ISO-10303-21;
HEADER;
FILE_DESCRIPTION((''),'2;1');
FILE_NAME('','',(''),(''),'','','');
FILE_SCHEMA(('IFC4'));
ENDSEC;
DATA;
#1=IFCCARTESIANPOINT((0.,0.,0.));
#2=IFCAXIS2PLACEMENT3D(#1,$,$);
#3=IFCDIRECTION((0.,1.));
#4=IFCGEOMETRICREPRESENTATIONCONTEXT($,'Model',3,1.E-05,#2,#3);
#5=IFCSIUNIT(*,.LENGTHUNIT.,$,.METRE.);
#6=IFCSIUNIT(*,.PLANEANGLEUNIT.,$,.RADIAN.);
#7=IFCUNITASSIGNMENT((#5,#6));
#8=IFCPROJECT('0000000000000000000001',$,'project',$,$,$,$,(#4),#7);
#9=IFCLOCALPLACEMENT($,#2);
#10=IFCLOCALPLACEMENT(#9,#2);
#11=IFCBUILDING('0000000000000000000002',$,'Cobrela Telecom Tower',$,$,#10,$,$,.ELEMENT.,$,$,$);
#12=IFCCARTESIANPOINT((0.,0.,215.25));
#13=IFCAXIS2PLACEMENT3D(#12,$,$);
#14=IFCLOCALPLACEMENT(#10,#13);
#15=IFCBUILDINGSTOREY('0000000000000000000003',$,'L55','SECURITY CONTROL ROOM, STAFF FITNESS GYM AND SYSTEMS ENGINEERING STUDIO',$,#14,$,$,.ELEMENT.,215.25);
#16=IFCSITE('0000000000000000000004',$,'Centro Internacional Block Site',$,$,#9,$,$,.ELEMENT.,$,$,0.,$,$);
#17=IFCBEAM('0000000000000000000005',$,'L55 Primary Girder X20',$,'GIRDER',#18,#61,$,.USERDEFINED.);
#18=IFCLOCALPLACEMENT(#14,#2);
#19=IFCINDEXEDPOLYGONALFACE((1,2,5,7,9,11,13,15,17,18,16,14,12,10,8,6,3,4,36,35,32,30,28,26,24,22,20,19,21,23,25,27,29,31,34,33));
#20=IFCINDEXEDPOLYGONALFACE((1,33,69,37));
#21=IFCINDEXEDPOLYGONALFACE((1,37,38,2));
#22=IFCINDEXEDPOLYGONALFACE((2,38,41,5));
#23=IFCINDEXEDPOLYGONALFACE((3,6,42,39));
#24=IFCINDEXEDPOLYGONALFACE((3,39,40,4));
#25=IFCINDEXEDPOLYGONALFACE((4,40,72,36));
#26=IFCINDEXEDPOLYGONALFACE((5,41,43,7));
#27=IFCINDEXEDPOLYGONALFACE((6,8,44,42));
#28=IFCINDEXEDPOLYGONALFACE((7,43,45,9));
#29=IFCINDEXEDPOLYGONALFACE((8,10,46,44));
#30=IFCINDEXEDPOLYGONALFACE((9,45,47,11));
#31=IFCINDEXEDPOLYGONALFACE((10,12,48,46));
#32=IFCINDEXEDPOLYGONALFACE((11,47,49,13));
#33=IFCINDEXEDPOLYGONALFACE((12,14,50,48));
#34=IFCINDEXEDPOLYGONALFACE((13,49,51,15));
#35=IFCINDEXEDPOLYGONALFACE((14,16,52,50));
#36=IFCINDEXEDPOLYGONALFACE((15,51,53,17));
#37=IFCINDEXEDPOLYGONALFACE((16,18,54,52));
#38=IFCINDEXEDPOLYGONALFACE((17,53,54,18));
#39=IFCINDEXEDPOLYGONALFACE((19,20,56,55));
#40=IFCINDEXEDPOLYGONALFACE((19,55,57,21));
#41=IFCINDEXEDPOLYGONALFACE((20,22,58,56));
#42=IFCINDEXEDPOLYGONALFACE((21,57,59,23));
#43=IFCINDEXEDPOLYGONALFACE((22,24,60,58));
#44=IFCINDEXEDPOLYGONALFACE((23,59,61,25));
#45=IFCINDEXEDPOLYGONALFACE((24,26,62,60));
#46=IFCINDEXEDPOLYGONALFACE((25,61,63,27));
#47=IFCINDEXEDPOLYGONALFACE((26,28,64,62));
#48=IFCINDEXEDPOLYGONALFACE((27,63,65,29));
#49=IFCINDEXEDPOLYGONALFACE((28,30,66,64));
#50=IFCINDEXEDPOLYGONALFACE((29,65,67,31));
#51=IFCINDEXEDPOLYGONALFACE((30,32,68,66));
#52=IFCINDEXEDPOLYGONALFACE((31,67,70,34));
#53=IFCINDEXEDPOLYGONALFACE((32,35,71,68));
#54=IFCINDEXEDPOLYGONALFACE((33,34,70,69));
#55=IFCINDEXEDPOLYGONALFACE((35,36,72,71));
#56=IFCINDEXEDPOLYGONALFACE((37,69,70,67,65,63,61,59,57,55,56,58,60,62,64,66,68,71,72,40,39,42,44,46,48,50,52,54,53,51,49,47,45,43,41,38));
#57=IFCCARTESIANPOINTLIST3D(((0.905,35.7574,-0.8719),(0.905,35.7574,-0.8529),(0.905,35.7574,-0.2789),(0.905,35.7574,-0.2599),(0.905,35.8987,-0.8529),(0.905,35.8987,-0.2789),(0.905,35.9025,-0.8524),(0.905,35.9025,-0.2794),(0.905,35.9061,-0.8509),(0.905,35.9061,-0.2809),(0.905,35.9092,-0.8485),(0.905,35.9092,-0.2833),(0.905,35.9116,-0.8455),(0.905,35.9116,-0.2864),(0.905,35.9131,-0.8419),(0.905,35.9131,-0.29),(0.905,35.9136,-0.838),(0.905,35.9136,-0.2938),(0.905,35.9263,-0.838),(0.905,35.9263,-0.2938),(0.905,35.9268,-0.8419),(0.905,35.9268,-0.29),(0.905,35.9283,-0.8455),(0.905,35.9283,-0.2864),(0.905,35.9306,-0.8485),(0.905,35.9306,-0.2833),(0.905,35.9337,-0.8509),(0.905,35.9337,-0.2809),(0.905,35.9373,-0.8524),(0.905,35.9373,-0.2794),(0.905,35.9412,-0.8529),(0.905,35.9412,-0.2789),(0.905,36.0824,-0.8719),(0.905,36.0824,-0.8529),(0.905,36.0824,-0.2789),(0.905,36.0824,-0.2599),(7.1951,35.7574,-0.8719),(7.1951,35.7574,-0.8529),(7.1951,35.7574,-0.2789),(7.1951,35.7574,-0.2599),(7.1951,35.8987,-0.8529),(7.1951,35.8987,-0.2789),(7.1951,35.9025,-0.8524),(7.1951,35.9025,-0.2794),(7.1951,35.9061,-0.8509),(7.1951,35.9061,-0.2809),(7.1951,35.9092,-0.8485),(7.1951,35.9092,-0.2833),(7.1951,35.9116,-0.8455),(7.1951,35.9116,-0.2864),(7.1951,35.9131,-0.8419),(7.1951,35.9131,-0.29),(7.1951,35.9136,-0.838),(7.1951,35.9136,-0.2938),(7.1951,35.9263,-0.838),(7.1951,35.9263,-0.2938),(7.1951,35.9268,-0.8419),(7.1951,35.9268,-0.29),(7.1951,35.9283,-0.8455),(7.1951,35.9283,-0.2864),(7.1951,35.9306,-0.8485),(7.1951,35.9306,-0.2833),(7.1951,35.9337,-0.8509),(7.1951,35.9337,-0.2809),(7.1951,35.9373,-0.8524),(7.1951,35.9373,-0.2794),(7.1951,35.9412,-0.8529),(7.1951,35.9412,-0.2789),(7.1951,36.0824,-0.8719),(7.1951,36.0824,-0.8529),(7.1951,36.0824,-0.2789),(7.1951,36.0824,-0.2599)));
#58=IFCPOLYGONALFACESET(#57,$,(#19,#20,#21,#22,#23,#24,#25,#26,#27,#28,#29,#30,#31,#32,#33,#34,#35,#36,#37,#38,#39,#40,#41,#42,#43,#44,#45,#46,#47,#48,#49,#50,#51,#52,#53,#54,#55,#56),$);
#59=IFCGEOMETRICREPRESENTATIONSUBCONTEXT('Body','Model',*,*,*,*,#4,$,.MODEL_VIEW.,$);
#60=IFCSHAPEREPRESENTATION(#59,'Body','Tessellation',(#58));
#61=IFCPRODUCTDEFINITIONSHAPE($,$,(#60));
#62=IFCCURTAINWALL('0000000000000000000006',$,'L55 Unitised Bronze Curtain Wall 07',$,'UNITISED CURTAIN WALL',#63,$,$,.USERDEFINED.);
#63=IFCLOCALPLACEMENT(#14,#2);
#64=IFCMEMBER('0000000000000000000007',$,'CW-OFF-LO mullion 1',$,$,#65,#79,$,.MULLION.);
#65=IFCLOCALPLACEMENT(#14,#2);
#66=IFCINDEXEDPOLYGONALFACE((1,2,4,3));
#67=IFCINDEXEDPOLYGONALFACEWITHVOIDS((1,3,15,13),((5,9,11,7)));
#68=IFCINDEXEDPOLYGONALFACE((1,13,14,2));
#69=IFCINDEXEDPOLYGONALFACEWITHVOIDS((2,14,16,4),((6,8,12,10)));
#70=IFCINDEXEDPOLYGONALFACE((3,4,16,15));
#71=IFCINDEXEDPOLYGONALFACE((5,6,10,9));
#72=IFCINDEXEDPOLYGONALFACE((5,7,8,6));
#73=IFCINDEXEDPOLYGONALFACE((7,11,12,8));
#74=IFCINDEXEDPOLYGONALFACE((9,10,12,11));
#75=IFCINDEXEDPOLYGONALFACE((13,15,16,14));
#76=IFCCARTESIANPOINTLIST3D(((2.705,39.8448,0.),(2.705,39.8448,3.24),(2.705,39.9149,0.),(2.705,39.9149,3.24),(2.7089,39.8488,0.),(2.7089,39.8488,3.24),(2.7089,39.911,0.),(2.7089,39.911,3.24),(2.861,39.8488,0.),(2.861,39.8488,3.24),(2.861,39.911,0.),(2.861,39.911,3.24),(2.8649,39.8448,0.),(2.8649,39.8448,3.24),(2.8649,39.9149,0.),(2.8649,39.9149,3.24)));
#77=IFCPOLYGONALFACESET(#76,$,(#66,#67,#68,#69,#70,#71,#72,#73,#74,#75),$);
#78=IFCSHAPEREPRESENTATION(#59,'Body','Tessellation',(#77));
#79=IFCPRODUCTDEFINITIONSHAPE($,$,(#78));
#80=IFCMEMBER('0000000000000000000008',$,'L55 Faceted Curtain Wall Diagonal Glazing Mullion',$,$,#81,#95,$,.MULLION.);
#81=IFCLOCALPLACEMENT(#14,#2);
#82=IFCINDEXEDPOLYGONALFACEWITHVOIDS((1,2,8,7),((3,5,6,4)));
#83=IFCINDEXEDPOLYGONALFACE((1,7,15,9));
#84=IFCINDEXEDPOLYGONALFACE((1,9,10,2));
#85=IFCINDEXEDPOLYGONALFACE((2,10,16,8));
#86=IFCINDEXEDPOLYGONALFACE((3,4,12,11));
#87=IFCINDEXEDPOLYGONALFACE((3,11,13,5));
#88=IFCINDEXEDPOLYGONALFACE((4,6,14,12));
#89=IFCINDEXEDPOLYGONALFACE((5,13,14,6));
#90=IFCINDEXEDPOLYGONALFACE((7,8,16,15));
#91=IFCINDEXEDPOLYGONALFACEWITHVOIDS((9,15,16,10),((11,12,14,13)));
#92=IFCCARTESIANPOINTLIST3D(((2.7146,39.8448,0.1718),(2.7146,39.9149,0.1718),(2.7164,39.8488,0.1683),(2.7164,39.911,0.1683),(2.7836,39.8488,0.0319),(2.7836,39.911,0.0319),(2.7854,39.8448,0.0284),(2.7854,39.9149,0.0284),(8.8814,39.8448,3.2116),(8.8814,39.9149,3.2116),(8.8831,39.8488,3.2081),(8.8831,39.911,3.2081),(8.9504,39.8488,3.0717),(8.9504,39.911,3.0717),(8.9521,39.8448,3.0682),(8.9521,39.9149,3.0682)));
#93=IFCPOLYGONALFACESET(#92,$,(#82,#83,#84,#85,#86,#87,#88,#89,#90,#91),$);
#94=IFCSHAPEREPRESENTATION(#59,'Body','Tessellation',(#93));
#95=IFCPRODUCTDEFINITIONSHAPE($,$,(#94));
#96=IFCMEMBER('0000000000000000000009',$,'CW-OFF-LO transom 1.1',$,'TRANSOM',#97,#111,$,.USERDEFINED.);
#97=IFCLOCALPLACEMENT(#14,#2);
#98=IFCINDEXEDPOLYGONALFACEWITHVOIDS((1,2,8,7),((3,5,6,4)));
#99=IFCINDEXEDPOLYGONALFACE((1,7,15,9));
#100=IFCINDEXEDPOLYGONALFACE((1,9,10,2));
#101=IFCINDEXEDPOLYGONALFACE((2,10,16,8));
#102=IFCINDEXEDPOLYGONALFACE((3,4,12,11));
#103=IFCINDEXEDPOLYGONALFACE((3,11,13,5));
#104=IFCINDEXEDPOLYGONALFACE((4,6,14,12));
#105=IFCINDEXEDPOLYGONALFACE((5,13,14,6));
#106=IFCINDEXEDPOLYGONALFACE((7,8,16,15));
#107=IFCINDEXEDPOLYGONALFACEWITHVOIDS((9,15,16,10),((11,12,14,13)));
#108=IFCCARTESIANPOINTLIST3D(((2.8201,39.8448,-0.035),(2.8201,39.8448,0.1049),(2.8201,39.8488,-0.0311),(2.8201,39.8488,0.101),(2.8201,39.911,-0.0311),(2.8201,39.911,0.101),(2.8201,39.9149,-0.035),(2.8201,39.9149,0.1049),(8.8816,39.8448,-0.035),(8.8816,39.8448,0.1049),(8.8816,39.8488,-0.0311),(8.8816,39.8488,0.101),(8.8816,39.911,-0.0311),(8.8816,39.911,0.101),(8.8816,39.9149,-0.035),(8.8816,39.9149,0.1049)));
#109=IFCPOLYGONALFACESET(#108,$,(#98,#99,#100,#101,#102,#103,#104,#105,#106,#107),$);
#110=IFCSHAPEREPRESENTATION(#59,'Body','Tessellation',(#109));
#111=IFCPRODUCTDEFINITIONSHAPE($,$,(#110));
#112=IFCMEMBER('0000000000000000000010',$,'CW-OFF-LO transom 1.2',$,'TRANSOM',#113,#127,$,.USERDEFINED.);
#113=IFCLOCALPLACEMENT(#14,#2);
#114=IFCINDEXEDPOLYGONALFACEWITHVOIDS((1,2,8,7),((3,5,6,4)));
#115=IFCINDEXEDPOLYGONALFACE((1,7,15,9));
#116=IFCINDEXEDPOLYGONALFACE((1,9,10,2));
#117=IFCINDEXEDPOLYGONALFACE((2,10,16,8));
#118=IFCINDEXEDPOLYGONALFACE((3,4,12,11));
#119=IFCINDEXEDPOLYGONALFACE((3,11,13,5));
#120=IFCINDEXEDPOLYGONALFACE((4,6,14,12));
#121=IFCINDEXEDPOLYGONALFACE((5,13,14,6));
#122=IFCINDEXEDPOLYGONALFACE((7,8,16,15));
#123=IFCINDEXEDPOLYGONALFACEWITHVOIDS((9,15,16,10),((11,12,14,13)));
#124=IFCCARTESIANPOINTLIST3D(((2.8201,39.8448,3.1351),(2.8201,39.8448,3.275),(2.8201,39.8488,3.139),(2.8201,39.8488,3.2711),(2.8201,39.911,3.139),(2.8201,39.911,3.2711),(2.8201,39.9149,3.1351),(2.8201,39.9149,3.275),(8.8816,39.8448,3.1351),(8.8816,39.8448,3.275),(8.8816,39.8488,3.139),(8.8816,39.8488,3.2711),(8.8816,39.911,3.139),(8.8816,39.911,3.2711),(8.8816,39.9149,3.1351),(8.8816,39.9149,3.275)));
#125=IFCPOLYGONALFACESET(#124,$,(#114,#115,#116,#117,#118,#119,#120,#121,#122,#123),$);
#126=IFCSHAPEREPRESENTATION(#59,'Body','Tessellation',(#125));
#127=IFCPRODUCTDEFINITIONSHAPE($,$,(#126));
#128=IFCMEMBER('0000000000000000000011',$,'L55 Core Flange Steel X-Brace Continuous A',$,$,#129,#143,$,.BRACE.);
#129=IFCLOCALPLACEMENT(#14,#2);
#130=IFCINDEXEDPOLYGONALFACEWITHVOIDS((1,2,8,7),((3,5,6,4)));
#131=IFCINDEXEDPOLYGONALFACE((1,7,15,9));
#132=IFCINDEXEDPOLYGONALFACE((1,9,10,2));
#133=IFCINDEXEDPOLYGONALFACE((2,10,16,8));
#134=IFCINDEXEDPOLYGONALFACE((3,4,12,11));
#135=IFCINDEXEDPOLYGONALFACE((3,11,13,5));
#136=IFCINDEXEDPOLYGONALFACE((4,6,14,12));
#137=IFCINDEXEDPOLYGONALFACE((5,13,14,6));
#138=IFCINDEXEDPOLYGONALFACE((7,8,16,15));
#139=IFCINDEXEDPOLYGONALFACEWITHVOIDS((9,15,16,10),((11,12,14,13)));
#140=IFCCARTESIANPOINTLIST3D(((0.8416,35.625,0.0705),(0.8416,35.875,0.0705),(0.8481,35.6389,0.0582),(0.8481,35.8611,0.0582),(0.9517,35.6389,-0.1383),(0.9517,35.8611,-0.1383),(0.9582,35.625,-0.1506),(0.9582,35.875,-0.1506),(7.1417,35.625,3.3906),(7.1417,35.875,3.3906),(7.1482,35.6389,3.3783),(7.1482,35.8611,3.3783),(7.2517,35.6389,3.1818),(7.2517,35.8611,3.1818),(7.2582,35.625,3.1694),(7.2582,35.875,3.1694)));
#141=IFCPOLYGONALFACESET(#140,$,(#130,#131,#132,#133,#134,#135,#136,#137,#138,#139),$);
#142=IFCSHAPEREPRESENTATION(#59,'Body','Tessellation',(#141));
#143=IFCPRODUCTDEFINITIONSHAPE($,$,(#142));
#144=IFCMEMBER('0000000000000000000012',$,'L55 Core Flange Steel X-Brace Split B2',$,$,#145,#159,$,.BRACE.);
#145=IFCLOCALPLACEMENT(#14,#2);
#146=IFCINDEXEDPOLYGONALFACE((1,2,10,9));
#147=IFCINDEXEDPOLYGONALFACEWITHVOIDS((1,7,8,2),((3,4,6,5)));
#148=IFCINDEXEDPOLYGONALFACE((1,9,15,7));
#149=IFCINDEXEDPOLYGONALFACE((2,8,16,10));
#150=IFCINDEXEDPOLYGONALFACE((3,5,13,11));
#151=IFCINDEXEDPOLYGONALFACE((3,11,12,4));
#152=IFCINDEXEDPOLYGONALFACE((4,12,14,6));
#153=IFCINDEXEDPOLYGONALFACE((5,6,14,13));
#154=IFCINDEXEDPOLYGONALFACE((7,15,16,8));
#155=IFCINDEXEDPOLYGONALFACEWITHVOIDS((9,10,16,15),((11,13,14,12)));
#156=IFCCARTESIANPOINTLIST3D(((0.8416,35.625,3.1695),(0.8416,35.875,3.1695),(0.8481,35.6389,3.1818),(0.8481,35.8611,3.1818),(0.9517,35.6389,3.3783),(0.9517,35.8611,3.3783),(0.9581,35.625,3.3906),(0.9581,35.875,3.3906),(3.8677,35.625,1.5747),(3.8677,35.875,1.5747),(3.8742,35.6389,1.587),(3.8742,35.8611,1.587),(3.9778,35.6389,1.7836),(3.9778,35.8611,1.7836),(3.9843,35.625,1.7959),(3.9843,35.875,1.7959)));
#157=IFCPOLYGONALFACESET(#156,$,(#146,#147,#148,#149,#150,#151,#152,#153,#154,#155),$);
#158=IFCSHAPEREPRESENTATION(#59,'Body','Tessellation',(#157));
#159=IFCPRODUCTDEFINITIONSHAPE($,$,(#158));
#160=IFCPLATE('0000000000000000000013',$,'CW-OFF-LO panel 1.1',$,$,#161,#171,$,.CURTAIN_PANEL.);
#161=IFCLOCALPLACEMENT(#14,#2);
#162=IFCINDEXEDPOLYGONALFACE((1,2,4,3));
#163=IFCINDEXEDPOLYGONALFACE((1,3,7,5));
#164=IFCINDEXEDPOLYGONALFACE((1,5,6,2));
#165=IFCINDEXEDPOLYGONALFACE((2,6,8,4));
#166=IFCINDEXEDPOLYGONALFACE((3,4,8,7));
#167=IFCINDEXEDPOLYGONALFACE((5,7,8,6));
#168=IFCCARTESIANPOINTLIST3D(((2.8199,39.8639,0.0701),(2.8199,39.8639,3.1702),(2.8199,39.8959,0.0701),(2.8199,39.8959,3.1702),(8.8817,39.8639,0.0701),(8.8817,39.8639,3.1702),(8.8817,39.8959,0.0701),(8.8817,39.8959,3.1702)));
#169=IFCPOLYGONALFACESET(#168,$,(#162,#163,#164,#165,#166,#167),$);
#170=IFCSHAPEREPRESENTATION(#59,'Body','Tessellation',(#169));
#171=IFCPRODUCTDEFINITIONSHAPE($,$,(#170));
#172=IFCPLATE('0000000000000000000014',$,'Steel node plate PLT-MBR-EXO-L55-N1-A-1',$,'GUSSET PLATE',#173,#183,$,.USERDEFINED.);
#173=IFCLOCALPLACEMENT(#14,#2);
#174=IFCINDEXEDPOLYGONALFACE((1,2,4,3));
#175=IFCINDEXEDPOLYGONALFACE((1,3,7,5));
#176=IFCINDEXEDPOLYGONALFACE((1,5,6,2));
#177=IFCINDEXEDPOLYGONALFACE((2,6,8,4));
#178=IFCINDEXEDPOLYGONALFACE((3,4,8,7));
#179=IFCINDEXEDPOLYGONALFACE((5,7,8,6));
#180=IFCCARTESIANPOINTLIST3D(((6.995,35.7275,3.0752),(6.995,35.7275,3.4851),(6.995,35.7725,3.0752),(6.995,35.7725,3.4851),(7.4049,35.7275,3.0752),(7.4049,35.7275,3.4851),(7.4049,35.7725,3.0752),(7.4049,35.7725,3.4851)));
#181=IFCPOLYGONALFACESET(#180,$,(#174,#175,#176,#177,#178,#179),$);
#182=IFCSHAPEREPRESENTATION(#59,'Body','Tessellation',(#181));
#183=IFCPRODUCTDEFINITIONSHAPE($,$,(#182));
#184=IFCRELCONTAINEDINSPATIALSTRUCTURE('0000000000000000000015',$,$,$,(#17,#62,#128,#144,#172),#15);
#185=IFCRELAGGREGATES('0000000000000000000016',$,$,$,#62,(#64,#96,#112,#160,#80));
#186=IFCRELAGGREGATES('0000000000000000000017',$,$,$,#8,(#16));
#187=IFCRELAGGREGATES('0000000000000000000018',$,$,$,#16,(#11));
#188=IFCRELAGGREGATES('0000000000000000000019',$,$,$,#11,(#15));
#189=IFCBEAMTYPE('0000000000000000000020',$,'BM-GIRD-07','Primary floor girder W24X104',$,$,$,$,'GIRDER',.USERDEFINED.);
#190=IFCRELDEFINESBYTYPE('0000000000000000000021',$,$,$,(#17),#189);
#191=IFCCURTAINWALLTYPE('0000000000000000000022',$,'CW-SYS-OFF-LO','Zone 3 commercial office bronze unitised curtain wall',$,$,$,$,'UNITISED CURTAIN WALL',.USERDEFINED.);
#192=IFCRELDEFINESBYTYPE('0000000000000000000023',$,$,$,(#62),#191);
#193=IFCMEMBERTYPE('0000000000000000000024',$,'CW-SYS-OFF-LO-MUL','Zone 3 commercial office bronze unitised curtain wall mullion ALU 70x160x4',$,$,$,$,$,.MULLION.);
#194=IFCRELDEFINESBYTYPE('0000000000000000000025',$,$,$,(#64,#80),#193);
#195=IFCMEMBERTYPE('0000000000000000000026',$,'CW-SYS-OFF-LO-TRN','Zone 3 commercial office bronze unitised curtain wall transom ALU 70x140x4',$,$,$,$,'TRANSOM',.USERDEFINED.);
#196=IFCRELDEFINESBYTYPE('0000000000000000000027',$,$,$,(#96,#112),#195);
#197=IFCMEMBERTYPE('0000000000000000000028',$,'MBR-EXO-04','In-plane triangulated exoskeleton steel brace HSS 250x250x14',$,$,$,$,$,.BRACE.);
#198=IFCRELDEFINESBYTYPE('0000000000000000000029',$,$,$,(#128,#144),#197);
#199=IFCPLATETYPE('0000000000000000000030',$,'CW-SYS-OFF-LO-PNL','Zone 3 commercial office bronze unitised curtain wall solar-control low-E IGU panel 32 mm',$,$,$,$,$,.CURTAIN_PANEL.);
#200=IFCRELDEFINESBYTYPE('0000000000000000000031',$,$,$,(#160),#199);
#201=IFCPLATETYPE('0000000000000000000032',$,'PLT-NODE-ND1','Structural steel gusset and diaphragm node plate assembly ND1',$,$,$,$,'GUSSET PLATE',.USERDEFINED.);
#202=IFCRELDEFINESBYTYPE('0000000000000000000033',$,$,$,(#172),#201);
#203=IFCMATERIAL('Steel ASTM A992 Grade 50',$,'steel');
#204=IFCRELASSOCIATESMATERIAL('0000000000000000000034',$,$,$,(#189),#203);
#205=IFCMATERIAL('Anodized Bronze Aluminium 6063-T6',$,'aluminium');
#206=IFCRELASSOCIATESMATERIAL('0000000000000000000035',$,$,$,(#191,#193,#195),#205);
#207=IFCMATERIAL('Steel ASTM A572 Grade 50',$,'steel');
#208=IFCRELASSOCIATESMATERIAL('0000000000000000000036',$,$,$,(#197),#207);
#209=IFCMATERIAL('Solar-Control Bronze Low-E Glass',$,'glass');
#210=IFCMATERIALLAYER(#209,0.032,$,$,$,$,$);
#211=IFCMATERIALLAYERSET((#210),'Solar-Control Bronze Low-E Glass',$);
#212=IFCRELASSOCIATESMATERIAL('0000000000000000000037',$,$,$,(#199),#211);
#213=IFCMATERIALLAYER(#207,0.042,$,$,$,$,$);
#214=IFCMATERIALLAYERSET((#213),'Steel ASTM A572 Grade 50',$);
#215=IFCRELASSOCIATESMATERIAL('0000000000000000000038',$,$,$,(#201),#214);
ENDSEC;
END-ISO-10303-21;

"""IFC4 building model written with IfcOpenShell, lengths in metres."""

from ifc_helpers import new_model, si_unit, direction, frame, origin, origin_2d, place, context, subcontext, project, spatial, rectangle, hollow_rectangle, i_section, extrude, material, layer, layer_set, material_profile, profile_set, type_object, element, aggregate, save


model = new_model("IFC4")

# Units and contexts
model_context = context("Model", 3, precision=1e-05, world=origin(), true_north=direction((0.0, 1.0)))
body_context = subcontext(model_context, "Body", "Model", "MODEL_VIEW")
ifc_project = project(units=[si_unit("LENGTHUNIT", "METRE"), si_unit("PLANEANGLEUNIT", "RADIAN")], contexts=[model_context])

# Site, building, storey
site_placement = place(None, origin())
site = spatial("IfcSite", under=ifc_project, at=site_placement, Name="Centro Internacional Block Site", CompositionType="ELEMENT", RefElevation=0.0)
building_placement = place(site_placement, origin())
building = spatial("IfcBuilding", under=site, at=building_placement, Name="Cobrela Telecom Tower", CompositionType="ELEMENT")
storey_placement = place(building_placement, frame((0.0, 0.0, 215.25)))
storey = spatial("IfcBuildingStorey", under=building, at=storey_placement, Name="L55", Description="SECURITY CONTROL ROOM, STAFF FITNESS GYM AND SYSTEMS ENGINEERING STUDIO", CompositionType="ELEMENT", Elevation=215.25)

# Beam
ifc_material_1 = material(Name="Steel ASTM A992 Grade 50", Category="steel")
ifc_material_profile_1 = material_profile(ifc_material_1, i_section(OverallWidth=0.325, OverallDepth=0.6121, WebThickness=0.0127, FlangeThickness=0.019, FilletRadius=0.0149, at=origin_2d()), Name="W24X104")
ifc_profile_set_1 = profile_set([ifc_material_profile_1], Name="Steel ASTM A992 Grade 50")
beam_type = type_object("IfcBeamType", Name="BM-GIRD-07", Description="Primary floor girder W24X104", ElementType="GIRDER", PredefinedType="USERDEFINED", material=ifc_profile_set_1)
beam_placement = place(storey_placement, frame((0.905, 35.9199, -0.5659), z_axis=(1.0, 0.0, 0.0), x_axis=(0.0, 1.0, 0.0)))
element("IfcBeam", 1, at=beam_placement, inside=storey, type_object=beam_type, Name="L55 Primary Girder X20", ObjectType="GIRDER", PredefinedType="USERDEFINED", context=body_context, shape_type="SweptSolid", body=[
    extrude(i_section(OverallWidth=0.325, OverallDepth=0.6121, WebThickness=0.0127, FlangeThickness=0.019, FilletRadius=0.0149, at=origin_2d()), origin(), (0.0, 0.0, 1.0), 6.29),
])

# Curtain wall, members
ifc_material_2 = material(Name="Anodized Bronze Aluminium 6063-T6", Category="aluminium")
curtain_wall_type = type_object("IfcCurtainWallType", Name="CW-SYS-OFF-LO", Description="Zone 3 commercial office bronze unitised curtain wall", ElementType="UNITISED CURTAIN WALL", PredefinedType="USERDEFINED", material=ifc_material_2)
curtain_wall_placement = place(storey_placement, origin())
curtain_wall = element("IfcCurtainWall", 2, at=curtain_wall_placement, inside=storey, type_object=curtain_wall_type, Name="L55 Unitised Bronze Curtain Wall 07", ObjectType="UNITISED CURTAIN WALL", PredefinedType="USERDEFINED")
ifc_material_profile_2 = material_profile(ifc_material_2, hollow_rectangle(XDim=0.0701, YDim=0.1599, WallThickness=0.0039, at=origin_2d()), Name="ALU 70x160x4")
ifc_profile_set_2 = profile_set([ifc_material_profile_2], Name="Anodized Bronze Aluminium 6063-T6")
member_type_1 = type_object("IfcMemberType", Name="CW-SYS-OFF-LO-MUL", Description="Zone 3 commercial office bronze unitised curtain wall mullion ALU 70x160x4", PredefinedType="MULLION", material=ifc_profile_set_2)
member_1_placement = place(storey_placement, frame((2.7849, 39.8799, 0.0), z_axis=(0.0, 0.0, 1.0), x_axis=(0.0, 1.0, 0.0)))
member_1 = element("IfcMember", 3, at=member_1_placement, type_object=member_type_1, Name="CW-OFF-LO mullion 1", PredefinedType="MULLION", context=body_context, shape_type="SweptSolid", body=[
    extrude(hollow_rectangle(XDim=0.0701, YDim=0.1599, WallThickness=0.0039, at=origin_2d()), origin(), (0.0, 0.0, 1.0), 3.24),
])
member_2_placement = place(storey_placement, frame((2.75, 39.8799, 0.1001), z_axis=(0.896948, 0.0, 0.442136), x_axis=(0.0, 1.0, 0.0)))
member_2 = element("IfcMember", 4, at=member_2_placement, type_object=member_type_1, Name="L55 Faceted Curtain Wall Diagonal Glazing Mullion", PredefinedType="MULLION", context=body_context, shape_type="SweptSolid", body=[
    extrude(hollow_rectangle(XDim=0.0701, YDim=0.1599, WallThickness=0.0039, at=origin_2d()), origin(), (0.0, 0.0, 1.0), 6.8752),
])
ifc_material_profile_3 = material_profile(ifc_material_2, hollow_rectangle(XDim=0.0701, YDim=0.1399, WallThickness=0.0039, at=origin_2d()), Name="ALU 70x140x4")
ifc_profile_set_3 = profile_set([ifc_material_profile_3], Name="Anodized Bronze Aluminium 6063-T6")
member_type_2 = type_object("IfcMemberType", Name="CW-SYS-OFF-LO-TRN", Description="Zone 3 commercial office bronze unitised curtain wall transom ALU 70x140x4", ElementType="TRANSOM", PredefinedType="USERDEFINED", material=ifc_profile_set_3)
member_3_placement = place(storey_placement, frame((2.8201, 39.8799, 0.0349), z_axis=(1.0, 0.0, 0.0), x_axis=(0.0, 1.0, 0.0)))
member_3 = element("IfcMember", 5, at=member_3_placement, type_object=member_type_2, Name="CW-OFF-LO transom 1.1", ObjectType="TRANSOM", PredefinedType="USERDEFINED", context=body_context, shape_type="SweptSolid", body=[
    extrude(hollow_rectangle(XDim=0.0701, YDim=0.1399, WallThickness=0.0039, at=origin_2d()), origin(), (0.0, 0.0, 1.0), 6.0615),
])
member_4_placement = place(storey_placement, frame((2.8201, 39.8799, 3.2051), z_axis=(1.0, 0.0, 0.0), x_axis=(0.0, 1.0, 0.0)))
member_4 = element("IfcMember", 6, at=member_4_placement, type_object=member_type_2, Name="CW-OFF-LO transom 1.2", ObjectType="TRANSOM", PredefinedType="USERDEFINED", context=body_context, shape_type="SweptSolid", body=[
    extrude(hollow_rectangle(XDim=0.0701, YDim=0.1399, WallThickness=0.0039, at=origin_2d()), origin(), (0.0, 0.0, 1.0), 6.0615),
])

# Members
ifc_material_3 = material(Name="Steel ASTM A572 Grade 50", Category="steel")
ifc_material_profile_4 = material_profile(ifc_material_3, hollow_rectangle(XDim=0.25, YDim=0.25, WallThickness=0.0139, at=origin_2d()), Name="HSS 250x250x14")
ifc_profile_set_4 = profile_set([ifc_material_profile_4], Name="Steel ASTM A572 Grade 50")
member_type_3 = type_object("IfcMemberType", Name="MBR-EXO-04", Description="In-plane triangulated exoskeleton steel brace HSS 250x250x14", PredefinedType="BRACE", material=ifc_profile_set_4)
member_5_placement = place(storey_placement, frame((0.8999, 35.75, -0.04), z_axis=(0.884672, 0.0, 0.466214), x_axis=(0.0, 1.0, 0.0)))
element("IfcMember", 7, at=member_5_placement, inside=storey, type_object=member_type_3, Name="L55 Core Flange Steel X-Brace Continuous A", PredefinedType="BRACE", context=body_context, shape_type="SweptSolid", body=[
    extrude(hollow_rectangle(XDim=0.25, YDim=0.25, WallThickness=0.0139, at=origin_2d()), origin(), (0.0, 0.0, 1.0), 7.1213),
])
member_6_placement = place(storey_placement, frame((3.926, 35.75, 1.6853), z_axis=(-0.884673, 0.0, 0.466211), x_axis=(0.0, -1.0, 0.0)))
element("IfcMember", 8, at=member_6_placement, inside=storey, type_object=member_type_3, Name="L55 Core Flange Steel X-Brace Split B2", PredefinedType="BRACE", context=body_context, shape_type="SweptSolid", body=[
    extrude(hollow_rectangle(XDim=0.25, YDim=0.25, WallThickness=0.0139, at=origin_2d()), origin(), (0.0, 0.0, 1.0), 3.4207),
])

# Plate
ifc_material_4 = material(Name="Solar-Control Bronze Low-E Glass", Category="glass")
ifc_layer_1 = layer(ifc_material_4, 0.032)
ifc_layer_set_1 = layer_set([ifc_layer_1], Name="Solar-Control Bronze Low-E Glass")
plate_type_1 = type_object("IfcPlateType", Name="CW-SYS-OFF-LO-PNL", Description="Zone 3 commercial office bronze unitised curtain wall solar-control low-E IGU panel 32 mm", PredefinedType="CURTAIN_PANEL", material=ifc_layer_set_1)
plate_1_placement = place(storey_placement, frame((5.8508, 39.8799, 0.0701), z_axis=(0.0, 0.0, 1.0), x_axis=(1.0, 0.0, 0.0)))
plate_1 = element("IfcPlate", 9, at=plate_1_placement, type_object=plate_type_1, Name="CW-OFF-LO panel 1.1", PredefinedType="CURTAIN_PANEL", context=body_context, shape_type="SweptSolid", body=[
    extrude(rectangle(XDim=6.0618, YDim=0.032, at=origin_2d()), origin(), (0.0, 0.0, 1.0), 3.1001),
])
aggregate(curtain_wall, [member_1, member_3, member_4, plate_1, member_2])

# Plate
ifc_layer_2 = layer(ifc_material_3, 0.042)
ifc_layer_set_2 = layer_set([ifc_layer_2], Name="Steel ASTM A572 Grade 50")
plate_type_2 = type_object("IfcPlateType", Name="PLT-NODE-ND1", Description="Structural steel gusset and diaphragm node plate assembly ND1", ElementType="GUSSET PLATE", PredefinedType="USERDEFINED", material=ifc_layer_set_2)
for number, where, z_axis, x_axis, name in (
    (10, (7.2, 35.75, 3.0752), (0.0, 0.0, 1.0), (1.0, 0.0, 0.0), "Steel node plate PLT-MBR-EXO-L55-N1-A-1"),
):
    element("IfcPlate", number, at=place(storey_placement, frame(where, z_axis=z_axis, x_axis=x_axis)), inside=storey, type_object=plate_type_2, Name=name, ObjectType="GUSSET PLATE", PredefinedType="USERDEFINED", context=body_context, shape_type="SweptSolid", body=[
        extrude(rectangle(XDim=0.4099, YDim=0.0449, at=origin_2d()), origin(), (0.0, 0.0, 1.0), 0.4099),
    ])

save(model, "model.ifc")
